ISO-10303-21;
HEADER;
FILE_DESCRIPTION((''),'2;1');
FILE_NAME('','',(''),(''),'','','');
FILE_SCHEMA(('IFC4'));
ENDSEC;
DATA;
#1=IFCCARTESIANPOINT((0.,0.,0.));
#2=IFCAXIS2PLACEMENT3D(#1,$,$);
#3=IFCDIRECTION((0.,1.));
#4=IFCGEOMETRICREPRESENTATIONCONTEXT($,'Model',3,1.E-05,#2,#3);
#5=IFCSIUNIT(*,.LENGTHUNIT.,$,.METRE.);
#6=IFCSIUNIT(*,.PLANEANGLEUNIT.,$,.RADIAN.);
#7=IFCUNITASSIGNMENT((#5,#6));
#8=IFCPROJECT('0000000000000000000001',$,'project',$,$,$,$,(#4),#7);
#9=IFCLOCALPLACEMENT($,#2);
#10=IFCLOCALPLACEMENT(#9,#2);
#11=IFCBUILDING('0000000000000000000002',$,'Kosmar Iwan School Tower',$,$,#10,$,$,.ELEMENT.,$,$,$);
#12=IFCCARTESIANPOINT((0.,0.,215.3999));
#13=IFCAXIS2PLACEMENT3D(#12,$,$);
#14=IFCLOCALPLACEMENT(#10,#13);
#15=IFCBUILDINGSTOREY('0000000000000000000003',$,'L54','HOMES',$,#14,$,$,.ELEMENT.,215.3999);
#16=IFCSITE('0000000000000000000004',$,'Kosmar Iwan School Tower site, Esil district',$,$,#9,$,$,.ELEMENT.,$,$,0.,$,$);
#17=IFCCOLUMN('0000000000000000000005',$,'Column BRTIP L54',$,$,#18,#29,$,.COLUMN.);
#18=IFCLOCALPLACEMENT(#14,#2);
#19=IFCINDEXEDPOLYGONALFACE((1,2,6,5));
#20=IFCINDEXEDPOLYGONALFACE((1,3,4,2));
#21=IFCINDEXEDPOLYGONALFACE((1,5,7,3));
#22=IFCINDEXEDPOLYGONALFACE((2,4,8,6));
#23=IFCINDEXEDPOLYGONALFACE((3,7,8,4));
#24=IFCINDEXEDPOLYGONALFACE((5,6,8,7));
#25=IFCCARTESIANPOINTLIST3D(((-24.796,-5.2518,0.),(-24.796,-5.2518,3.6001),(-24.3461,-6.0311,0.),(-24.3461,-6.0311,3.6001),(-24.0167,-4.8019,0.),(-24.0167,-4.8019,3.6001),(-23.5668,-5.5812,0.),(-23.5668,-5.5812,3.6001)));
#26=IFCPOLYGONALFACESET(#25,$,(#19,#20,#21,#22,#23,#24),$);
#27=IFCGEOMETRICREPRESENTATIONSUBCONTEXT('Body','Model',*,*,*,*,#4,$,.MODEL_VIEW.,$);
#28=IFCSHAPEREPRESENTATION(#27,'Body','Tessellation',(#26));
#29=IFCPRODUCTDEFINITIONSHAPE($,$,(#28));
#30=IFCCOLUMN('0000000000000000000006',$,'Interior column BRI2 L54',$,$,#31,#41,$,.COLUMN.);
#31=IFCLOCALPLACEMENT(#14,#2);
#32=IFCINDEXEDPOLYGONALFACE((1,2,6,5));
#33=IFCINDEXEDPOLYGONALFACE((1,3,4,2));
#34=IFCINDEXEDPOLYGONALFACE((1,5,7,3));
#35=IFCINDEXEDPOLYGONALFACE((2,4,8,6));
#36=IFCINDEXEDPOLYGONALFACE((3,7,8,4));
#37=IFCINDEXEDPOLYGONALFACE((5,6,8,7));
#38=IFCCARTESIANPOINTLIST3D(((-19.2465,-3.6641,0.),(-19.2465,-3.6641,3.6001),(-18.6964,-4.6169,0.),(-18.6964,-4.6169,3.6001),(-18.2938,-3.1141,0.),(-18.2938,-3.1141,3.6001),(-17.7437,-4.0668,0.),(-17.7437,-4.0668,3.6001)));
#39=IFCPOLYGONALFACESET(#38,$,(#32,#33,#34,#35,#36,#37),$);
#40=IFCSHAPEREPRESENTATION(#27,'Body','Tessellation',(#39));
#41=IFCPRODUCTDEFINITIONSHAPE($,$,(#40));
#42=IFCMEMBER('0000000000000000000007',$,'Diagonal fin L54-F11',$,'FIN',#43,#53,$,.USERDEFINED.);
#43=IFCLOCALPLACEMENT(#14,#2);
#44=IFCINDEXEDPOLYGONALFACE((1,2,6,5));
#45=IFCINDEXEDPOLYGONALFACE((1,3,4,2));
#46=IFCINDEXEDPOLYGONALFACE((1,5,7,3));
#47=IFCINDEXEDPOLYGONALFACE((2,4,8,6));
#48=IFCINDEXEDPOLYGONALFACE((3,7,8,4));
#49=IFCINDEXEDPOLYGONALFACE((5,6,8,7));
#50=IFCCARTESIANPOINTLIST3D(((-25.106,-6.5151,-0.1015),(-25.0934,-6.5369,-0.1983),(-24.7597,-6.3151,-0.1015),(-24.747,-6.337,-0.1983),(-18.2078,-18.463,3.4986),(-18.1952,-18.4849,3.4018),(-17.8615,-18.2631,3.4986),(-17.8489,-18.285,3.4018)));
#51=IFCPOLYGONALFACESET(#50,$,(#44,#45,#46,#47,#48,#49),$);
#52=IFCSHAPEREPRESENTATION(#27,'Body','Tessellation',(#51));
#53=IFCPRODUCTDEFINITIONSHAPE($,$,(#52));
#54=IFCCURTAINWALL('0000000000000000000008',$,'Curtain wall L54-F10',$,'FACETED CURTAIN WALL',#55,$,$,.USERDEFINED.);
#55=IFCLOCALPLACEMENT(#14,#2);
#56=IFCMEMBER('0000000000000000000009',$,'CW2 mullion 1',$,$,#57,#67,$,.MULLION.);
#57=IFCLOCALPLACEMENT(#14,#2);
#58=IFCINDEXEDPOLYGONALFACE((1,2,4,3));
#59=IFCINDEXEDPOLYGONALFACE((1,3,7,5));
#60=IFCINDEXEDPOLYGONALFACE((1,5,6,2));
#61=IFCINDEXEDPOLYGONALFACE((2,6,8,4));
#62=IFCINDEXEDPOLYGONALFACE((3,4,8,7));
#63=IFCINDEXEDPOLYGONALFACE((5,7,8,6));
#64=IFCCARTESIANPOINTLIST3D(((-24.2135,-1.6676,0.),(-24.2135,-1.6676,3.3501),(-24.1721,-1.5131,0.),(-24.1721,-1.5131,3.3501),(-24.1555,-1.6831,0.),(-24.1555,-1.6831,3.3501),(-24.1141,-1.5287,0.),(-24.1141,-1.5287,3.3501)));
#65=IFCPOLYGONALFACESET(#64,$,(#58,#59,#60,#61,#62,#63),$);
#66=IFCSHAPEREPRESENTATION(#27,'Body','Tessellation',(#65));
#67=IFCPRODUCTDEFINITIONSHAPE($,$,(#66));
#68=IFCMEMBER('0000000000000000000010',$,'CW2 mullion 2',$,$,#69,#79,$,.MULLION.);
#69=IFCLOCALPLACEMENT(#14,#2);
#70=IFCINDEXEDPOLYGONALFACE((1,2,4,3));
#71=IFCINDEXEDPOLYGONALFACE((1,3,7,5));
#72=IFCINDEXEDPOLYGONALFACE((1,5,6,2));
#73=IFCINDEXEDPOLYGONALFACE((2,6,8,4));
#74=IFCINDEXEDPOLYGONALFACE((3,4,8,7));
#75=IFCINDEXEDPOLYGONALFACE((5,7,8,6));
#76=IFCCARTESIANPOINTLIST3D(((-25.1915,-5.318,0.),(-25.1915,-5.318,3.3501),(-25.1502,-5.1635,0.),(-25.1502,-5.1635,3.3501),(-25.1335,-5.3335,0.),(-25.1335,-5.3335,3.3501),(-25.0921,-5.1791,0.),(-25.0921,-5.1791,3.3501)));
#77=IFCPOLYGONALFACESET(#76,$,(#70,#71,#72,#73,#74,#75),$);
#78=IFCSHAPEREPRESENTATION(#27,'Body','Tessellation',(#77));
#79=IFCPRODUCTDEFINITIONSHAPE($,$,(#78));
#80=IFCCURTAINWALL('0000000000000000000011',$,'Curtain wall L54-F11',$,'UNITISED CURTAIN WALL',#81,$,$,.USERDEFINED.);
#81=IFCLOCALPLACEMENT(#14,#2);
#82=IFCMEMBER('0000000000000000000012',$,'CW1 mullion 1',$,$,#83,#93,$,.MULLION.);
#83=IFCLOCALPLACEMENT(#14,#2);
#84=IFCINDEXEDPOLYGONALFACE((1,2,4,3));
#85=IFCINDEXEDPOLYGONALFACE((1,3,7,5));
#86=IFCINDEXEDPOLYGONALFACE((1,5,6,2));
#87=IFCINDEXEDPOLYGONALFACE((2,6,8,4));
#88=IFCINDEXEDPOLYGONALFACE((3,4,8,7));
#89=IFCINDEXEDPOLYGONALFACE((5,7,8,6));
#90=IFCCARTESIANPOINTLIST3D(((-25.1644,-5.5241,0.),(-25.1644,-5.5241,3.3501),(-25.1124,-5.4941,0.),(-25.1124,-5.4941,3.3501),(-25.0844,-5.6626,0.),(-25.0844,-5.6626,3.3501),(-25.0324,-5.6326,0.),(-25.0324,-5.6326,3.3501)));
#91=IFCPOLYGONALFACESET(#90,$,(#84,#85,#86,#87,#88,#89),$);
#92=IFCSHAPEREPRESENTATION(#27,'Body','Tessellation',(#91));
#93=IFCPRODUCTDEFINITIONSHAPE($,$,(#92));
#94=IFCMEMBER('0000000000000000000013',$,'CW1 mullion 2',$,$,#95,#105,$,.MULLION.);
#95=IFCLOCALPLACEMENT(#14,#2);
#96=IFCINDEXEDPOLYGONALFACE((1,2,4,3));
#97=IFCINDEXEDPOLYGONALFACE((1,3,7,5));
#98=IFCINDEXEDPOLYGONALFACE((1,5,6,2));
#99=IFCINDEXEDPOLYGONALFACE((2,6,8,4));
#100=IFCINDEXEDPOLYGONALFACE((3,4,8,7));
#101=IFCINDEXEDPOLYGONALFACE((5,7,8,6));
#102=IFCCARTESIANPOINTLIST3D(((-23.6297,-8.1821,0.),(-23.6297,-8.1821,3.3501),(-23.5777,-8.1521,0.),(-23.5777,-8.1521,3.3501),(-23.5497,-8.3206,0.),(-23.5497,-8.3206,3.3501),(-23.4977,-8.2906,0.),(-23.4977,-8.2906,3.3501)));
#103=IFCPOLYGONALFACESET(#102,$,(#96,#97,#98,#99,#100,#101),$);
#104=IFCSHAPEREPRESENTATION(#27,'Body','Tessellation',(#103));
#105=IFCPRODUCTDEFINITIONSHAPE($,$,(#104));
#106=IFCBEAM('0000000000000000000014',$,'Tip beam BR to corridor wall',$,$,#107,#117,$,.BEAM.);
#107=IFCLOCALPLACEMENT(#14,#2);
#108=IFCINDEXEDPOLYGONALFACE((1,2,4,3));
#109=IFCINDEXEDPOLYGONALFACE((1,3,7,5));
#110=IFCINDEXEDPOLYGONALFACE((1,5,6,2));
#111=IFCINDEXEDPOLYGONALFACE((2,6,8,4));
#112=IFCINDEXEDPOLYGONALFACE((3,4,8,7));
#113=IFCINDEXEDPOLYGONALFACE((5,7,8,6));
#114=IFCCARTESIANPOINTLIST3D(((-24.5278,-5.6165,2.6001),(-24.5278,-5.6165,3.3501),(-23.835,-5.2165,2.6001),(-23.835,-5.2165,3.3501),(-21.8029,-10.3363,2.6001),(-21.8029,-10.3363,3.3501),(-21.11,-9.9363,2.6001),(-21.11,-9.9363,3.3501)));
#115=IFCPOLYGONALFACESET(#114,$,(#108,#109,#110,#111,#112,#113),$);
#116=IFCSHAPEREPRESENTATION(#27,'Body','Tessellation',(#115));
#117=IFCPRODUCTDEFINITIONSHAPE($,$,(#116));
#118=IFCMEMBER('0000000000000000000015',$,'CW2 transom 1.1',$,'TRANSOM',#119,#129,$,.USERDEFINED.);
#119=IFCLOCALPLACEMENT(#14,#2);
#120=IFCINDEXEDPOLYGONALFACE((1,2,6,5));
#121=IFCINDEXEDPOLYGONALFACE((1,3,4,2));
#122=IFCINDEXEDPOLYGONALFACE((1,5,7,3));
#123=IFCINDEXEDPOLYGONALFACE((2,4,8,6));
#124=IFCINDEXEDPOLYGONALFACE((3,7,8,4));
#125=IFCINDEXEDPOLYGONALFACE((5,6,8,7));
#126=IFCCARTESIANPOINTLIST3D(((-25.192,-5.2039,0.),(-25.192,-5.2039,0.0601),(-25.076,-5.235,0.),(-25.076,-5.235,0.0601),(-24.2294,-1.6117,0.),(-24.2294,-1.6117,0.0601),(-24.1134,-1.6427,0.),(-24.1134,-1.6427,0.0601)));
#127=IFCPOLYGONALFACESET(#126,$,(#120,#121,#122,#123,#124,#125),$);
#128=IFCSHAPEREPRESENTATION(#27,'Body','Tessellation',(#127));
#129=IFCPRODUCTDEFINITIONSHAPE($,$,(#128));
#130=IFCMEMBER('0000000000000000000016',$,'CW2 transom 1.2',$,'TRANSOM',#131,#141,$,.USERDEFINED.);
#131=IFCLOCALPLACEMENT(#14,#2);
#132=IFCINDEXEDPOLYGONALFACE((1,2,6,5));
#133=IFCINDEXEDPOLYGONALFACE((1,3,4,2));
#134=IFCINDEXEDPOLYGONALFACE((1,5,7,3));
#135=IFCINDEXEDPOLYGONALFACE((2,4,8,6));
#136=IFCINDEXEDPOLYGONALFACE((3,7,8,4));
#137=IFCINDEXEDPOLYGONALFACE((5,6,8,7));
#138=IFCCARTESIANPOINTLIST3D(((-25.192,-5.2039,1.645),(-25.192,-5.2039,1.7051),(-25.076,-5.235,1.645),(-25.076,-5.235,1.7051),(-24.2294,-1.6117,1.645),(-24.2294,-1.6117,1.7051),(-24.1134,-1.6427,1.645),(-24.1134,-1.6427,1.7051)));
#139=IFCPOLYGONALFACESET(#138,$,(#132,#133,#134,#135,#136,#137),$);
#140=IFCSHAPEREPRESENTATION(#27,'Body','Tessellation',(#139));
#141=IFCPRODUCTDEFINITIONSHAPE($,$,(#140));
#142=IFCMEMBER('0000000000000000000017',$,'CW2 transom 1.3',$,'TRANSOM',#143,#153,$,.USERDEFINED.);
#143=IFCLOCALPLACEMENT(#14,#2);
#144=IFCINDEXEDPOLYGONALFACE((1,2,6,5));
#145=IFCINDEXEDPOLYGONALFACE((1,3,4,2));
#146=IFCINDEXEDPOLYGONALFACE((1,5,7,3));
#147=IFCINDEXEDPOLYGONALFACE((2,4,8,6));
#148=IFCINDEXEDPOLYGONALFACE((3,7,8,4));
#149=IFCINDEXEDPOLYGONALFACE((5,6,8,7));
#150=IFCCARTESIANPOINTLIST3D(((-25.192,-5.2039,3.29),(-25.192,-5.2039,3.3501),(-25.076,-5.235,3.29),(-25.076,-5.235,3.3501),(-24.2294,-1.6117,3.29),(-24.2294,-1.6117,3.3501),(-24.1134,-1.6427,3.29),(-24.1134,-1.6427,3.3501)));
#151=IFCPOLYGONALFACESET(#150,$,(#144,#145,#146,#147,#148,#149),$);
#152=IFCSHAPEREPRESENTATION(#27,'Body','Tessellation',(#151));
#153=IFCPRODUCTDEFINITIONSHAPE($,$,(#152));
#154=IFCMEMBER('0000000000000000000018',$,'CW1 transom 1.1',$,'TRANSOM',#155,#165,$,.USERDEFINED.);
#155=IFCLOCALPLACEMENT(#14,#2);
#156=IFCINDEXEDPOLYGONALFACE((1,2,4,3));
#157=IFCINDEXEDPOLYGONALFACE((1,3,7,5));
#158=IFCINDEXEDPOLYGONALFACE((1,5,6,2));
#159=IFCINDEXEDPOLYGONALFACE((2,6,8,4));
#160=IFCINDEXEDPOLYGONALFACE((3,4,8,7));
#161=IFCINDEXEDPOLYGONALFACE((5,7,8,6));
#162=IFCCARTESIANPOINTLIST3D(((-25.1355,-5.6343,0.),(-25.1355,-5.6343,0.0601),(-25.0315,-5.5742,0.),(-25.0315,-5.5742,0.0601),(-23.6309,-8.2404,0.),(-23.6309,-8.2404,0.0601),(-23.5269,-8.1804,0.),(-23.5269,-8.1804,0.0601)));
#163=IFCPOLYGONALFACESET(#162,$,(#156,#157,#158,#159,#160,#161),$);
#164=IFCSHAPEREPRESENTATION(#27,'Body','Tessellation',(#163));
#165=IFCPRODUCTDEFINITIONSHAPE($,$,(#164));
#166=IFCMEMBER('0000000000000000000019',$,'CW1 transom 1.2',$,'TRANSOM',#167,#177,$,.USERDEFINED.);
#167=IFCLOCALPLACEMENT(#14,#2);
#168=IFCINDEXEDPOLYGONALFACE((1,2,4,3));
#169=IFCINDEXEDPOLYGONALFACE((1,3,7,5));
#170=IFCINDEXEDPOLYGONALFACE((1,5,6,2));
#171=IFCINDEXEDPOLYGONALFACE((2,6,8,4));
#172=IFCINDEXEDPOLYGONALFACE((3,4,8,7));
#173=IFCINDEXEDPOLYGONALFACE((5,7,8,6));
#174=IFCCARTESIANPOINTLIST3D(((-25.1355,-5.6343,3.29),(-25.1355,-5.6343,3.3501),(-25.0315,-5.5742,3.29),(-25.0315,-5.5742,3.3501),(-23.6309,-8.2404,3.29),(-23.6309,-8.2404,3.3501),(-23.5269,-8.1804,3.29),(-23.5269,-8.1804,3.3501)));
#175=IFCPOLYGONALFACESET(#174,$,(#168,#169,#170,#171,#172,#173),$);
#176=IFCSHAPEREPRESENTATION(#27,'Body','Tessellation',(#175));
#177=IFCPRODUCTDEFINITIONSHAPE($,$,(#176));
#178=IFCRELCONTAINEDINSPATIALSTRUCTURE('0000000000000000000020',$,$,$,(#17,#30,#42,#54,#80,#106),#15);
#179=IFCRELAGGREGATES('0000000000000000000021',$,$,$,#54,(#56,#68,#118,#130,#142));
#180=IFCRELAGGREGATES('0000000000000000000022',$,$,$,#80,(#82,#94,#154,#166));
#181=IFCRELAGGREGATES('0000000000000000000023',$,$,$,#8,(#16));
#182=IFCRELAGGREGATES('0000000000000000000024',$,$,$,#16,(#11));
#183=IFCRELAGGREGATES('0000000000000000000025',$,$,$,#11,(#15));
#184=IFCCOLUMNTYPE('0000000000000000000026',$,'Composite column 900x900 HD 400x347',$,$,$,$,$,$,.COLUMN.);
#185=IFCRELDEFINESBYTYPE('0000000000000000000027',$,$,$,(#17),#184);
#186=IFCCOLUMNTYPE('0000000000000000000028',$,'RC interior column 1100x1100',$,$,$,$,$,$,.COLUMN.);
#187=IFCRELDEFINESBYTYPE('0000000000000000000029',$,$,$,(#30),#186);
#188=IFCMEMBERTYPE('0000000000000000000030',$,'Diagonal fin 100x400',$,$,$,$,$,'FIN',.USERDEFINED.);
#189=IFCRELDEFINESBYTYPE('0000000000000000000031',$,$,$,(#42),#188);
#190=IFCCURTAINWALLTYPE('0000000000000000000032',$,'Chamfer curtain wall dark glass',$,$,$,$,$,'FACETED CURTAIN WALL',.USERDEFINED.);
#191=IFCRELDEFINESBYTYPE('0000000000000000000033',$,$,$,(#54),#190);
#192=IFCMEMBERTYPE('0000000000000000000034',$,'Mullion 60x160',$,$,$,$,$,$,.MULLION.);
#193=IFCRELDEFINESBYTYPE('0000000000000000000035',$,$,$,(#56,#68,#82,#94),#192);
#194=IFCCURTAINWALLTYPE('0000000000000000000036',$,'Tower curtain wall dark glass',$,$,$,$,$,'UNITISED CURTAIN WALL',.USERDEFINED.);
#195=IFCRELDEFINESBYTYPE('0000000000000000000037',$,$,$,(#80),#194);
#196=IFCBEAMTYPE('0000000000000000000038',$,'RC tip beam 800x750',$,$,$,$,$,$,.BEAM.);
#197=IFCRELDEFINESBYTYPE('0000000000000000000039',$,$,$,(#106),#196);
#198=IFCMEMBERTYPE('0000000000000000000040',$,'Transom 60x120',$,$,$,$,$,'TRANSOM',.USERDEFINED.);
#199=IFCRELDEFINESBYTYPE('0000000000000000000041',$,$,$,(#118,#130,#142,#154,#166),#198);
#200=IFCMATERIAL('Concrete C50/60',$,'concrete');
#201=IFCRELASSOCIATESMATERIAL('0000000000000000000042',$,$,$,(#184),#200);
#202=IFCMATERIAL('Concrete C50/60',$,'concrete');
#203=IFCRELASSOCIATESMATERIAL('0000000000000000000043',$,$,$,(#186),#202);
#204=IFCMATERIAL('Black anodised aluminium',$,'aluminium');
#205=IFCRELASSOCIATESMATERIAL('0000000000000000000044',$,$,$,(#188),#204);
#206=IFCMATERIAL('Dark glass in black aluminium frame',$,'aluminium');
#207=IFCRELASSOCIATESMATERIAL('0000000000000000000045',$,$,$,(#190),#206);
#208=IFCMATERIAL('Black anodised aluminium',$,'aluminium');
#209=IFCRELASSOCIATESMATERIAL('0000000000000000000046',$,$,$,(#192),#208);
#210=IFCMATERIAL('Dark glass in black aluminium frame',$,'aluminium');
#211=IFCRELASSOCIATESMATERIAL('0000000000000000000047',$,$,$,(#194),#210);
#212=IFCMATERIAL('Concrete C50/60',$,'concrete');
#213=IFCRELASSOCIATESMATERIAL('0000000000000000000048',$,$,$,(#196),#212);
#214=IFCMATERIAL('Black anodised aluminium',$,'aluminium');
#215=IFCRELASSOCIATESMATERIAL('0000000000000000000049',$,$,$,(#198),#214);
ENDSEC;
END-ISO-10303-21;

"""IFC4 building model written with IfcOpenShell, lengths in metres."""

from ifc_helpers import new_model, si_unit, direction, frame, origin, origin_2d, place, context, subcontext, project, spatial, rectangle, extrude, material, material_profile, profile_set, type_object, element, aggregate, save


model = new_model("IFC4")

# Units and contexts
model_context = context("Model", 3, precision=1e-05, world=origin(), true_north=direction((0.0, 1.0)))
body_context = subcontext(model_context, "Body", "Model", "MODEL_VIEW")
ifc_project = project(units=[si_unit("LENGTHUNIT", "METRE"), si_unit("PLANEANGLEUNIT", "RADIAN")], contexts=[model_context])

# Site, building, storey
site_placement = place(None, origin())
site = spatial("IfcSite", under=ifc_project, at=site_placement, Name="Kosmar Iwan School Tower site, Esil district", CompositionType="ELEMENT", RefElevation=0.0)
building_placement = place(site_placement, origin())
building = spatial("IfcBuilding", under=site, at=building_placement, Name="Kosmar Iwan School Tower", CompositionType="ELEMENT")
storey_placement = place(building_placement, frame((0.0, 0.0, 215.3999)))
storey = spatial("IfcBuildingStorey", under=building, at=storey_placement, Name="L54", Description="HOMES", CompositionType="ELEMENT", Elevation=215.3999)

# Columns
ifc_material_1 = material(Name="Concrete C50/60", Category="concrete")
ifc_material_profile_1 = material_profile(ifc_material_1, rectangle(XDim=0.8999, YDim=0.8999, at=origin_2d()), Name="RC 900x900 + HD 400x347")
ifc_profile_set_1 = profile_set([ifc_material_profile_1], Name="Concrete C50/60")
column_type_1 = type_object("IfcColumnType", Name="Composite column 900x900 HD 400x347", PredefinedType="COLUMN", material=ifc_profile_set_1)
column_1_placement = place(storey_placement, frame((-24.1814, -5.4165, 0.0), z_axis=(0.0, 0.0, 1.0), x_axis=(-0.866025, -0.5, 0.0)))
element("IfcColumn", 1, at=column_1_placement, inside=storey, type_object=column_type_1, Name="Column BRTIP L54", PredefinedType="COLUMN", context=body_context, shape_type="SweptSolid", body=[
    extrude(rectangle(XDim=0.8999, YDim=0.8999, at=origin_2d()), origin(), (0.0, 0.0, 1.0), 3.6001),
])
ifc_material_2 = material(Name="Concrete C50/60", Category="concrete")
ifc_material_profile_2 = material_profile(ifc_material_2, rectangle(XDim=1.1001, YDim=1.1001, at=origin_2d()), Name="RC 1100x1100")
ifc_profile_set_2 = profile_set([ifc_material_profile_2], Name="Concrete C50/60")
column_type_2 = type_object("IfcColumnType", Name="RC interior column 1100x1100", PredefinedType="COLUMN", material=ifc_profile_set_2)
column_2_placement = place(storey_placement, frame((-18.4951, -3.8655, 0.0), z_axis=(0.0, 0.0, 1.0), x_axis=(-0.866025, -0.5, 0.0)))
element("IfcColumn", 2, at=column_2_placement, inside=storey, type_object=column_type_2, Name="Interior column BRI2 L54", PredefinedType="COLUMN", context=body_context, shape_type="SweptSolid", body=[
    extrude(rectangle(XDim=1.1001, YDim=1.1001, at=origin_2d()), origin(), (0.0, 0.0, 1.0), 3.6001),
])

# Member
ifc_material_3 = material(Name="Black anodised aluminium", Category="aluminium")
ifc_material_profile_3 = material_profile(ifc_material_3, rectangle(XDim=0.1001, YDim=0.3999, at=origin_2d()), Name="FIN 100x400")
ifc_profile_set_3 = profile_set([ifc_material_profile_3], Name="Black anodised aluminium")
member_type_1 = type_object("IfcMemberType", Name="Diagonal fin 100x400", ElementType="FIN", PredefinedType="USERDEFINED", material=ifc_profile_set_3)
member_1_placement = place(storey_placement, frame((-24.9265, -6.426, -0.1499), z_axis=(0.4838, -0.837965, 0.252491), x_axis=(-0.126245, 0.218663, 0.967599)))
element("IfcMember", 3, at=member_1_placement, inside=storey, type_object=member_type_1, Name="Diagonal fin L54-F11", ObjectType="FIN", PredefinedType="USERDEFINED", context=body_context, shape_type="SweptSolid", body=[
    extrude(rectangle(XDim=0.1001, YDim=0.3999, at=origin_2d()), origin(), (0.0, 0.0, 1.0), 14.2583),
])

# Curtain walls, members
ifc_material_4 = material(Name="Dark glass in black aluminium frame", Category="aluminium")
curtain_wall_type_1 = type_object("IfcCurtainWallType", Name="Chamfer curtain wall dark glass", ElementType="FACETED CURTAIN WALL", PredefinedType="USERDEFINED", material=ifc_material_4)
curtain_wall_1_placement = place(storey_placement, origin())
curtain_wall_1 = element("IfcCurtainWall", 4, at=curtain_wall_1_placement, inside=storey, type_object=curtain_wall_type_1, Name="Curtain wall L54-F10", ObjectType="FACETED CURTAIN WALL", PredefinedType="USERDEFINED")
ifc_material_5 = material(Name="Black anodised aluminium", Category="aluminium")
ifc_material_profile_4 = material_profile(ifc_material_5, rectangle(XDim=0.0601, YDim=0.1599, at=origin_2d()), Name="MULLION 60x160")
ifc_profile_set_4 = profile_set([ifc_material_profile_4], Name="Black anodised aluminium")
member_type_2 = type_object("IfcMemberType", Name="Mullion 60x160", PredefinedType="MULLION", material=ifc_profile_set_4)
member_2_placement = place(storey_placement, frame((-24.1638, -1.5981, 0.0), z_axis=(0.0, 0.0, 1.0), x_axis=(0.965926, -0.258819, 0.0)))
member_2 = element("IfcMember", 5, at=member_2_placement, type_object=member_type_2, Name="CW2 mullion 1", PredefinedType="MULLION", context=body_context, shape_type="SweptSolid", body=[
    extrude(rectangle(XDim=0.0601, YDim=0.1599, at=origin_2d()), origin(), (0.0, 0.0, 1.0), 3.3501),
])
member_3_placement = place(storey_placement, frame((-25.1418, -5.2485, 0.0), z_axis=(0.0, 0.0, 1.0), x_axis=(0.965926, -0.258819, 0.0)))
member_3 = element("IfcMember", 6, at=member_3_placement, type_object=member_type_2, Name="CW2 mullion 2", PredefinedType="MULLION", context=body_context, shape_type="SweptSolid", body=[
    extrude(rectangle(XDim=0.0601, YDim=0.1599, at=origin_2d()), origin(), (0.0, 0.0, 1.0), 3.3501),
])
ifc_material_6 = material(Name="Dark glass in black aluminium frame", Category="aluminium")
curtain_wall_type_2 = type_object("IfcCurtainWallType", Name="Tower curtain wall dark glass", ElementType="UNITISED CURTAIN WALL", PredefinedType="USERDEFINED", material=ifc_material_6)
curtain_wall_2_placement = place(storey_placement, origin())
curtain_wall_2 = element("IfcCurtainWall", 7, at=curtain_wall_2_placement, inside=storey, type_object=curtain_wall_type_2, Name="Curtain wall L54-F11", ObjectType="UNITISED CURTAIN WALL", PredefinedType="USERDEFINED")
member_4_placement = place(storey_placement, frame((-25.0984, -5.5784, 0.0), z_axis=(0.0, 0.0, 1.0), x_axis=(0.866025, 0.5, 0.0)))
member_4 = element("IfcMember", 8, at=member_4_placement, type_object=member_type_2, Name="CW1 mullion 1", PredefinedType="MULLION", context=body_context, shape_type="SweptSolid", body=[
    extrude(rectangle(XDim=0.0601, YDim=0.1599, at=origin_2d()), origin(), (0.0, 0.0, 1.0), 3.3501),
])
member_5_placement = place(storey_placement, frame((-23.5637, -8.2363, 0.0), z_axis=(0.0, 0.0, 1.0), x_axis=(0.866025, 0.5, 0.0)))
member_5 = element("IfcMember", 9, at=member_5_placement, type_object=member_type_2, Name="CW1 mullion 2", PredefinedType="MULLION", context=body_context, shape_type="SweptSolid", body=[
    extrude(rectangle(XDim=0.0601, YDim=0.1599, at=origin_2d()), origin(), (0.0, 0.0, 1.0), 3.3501),
])

# Beam
ifc_material_7 = material(Name="Concrete C50/60", Category="concrete")
ifc_material_profile_5 = material_profile(ifc_material_7, rectangle(XDim=0.8, YDim=0.75, at=origin_2d()), Name="RC 800x750")
ifc_profile_set_5 = profile_set([ifc_material_profile_5], Name="Concrete C50/60")
beam_type = type_object("IfcBeamType", Name="RC tip beam 800x750", PredefinedType="BEAM", material=ifc_profile_set_5)
beam_placement = place(storey_placement, frame((-24.1814, -5.4165, 2.9751), z_axis=(0.499989, -0.866032, 0.0), x_axis=(0.866032, 0.499989, 0.0)))
element("IfcBeam", 10, at=beam_placement, inside=storey, type_object=beam_type, Name="Tip beam BR to corridor wall", PredefinedType="BEAM", context=body_context, shape_type="SweptSolid", body=[
    extrude(rectangle(XDim=0.8, YDim=0.75, at=origin_2d()), origin(), (0.0, 0.0, 1.0), 5.45),
])

# Members
ifc_material_8 = material(Name="Black anodised aluminium", Category="aluminium")
ifc_material_profile_6 = material_profile(ifc_material_8, rectangle(XDim=0.1201, YDim=0.0601, at=origin_2d()), Name="TRANSOM 60x120")
ifc_profile_set_6 = profile_set([ifc_material_profile_6], Name="Black anodised aluminium")
member_type_3 = type_object("IfcMemberType", Name="Transom 60x120", ElementType="TRANSOM", PredefinedType="USERDEFINED", material=ifc_profile_set_6)
member_6_placement = place(storey_placement, frame((-24.1714, -1.6272, 0.03), z_axis=(-0.258843, -0.965919, 0.0), x_axis=(0.965919, -0.258843, 0.0)))
member_6 = element("IfcMember", 11, at=member_6_placement, type_object=member_type_3, Name="CW2 transom 1.1", ObjectType="TRANSOM", PredefinedType="USERDEFINED", context=body_context, shape_type="SweptSolid", body=[
    extrude(rectangle(XDim=0.1201, YDim=0.0601, at=origin_2d()), origin(), (0.0, 0.0, 1.0), 3.719),
])
member_7_placement = place(storey_placement, frame((-24.1714, -1.6272, 1.675), z_axis=(-0.258843, -0.965919, 0.0), x_axis=(0.965919, -0.258843, 0.0)))
member_7 = element("IfcMember", 12, at=member_7_placement, type_object=member_type_3, Name="CW2 transom 1.2", ObjectType="TRANSOM", PredefinedType="USERDEFINED", context=body_context, shape_type="SweptSolid", body=[
    extrude(rectangle(XDim=0.1201, YDim=0.0601, at=origin_2d()), origin(), (0.0, 0.0, 1.0), 3.719),
])
member_8_placement = place(storey_placement, frame((-24.1714, -1.6272, 3.3201), z_axis=(-0.258843, -0.965919, 0.0), x_axis=(0.965919, -0.258843, 0.0)))
member_8 = element("IfcMember", 13, at=member_8_placement, type_object=member_type_3, Name="CW2 transom 1.3", ObjectType="TRANSOM", PredefinedType="USERDEFINED", context=body_context, shape_type="SweptSolid", body=[
    extrude(rectangle(XDim=0.1201, YDim=0.0601, at=origin_2d()), origin(), (0.0, 0.0, 1.0), 3.719),
])
member_9_placement = place(storey_placement, frame((-25.0835, -5.6042, 0.03), z_axis=(0.499987, -0.866033, 0.0), x_axis=(0.866033, 0.499987, 0.0)))
member_9 = element("IfcMember", 14, at=member_9_placement, type_object=member_type_3, Name="CW1 transom 1.1", ObjectType="TRANSOM", PredefinedType="USERDEFINED", context=body_context, shape_type="SweptSolid", body=[
    extrude(rectangle(XDim=0.1201, YDim=0.0601, at=origin_2d()), origin(), (0.0, 0.0, 1.0), 3.0093),
])
member_10_placement = place(storey_placement, frame((-25.0835, -5.6042, 3.3201), z_axis=(0.499987, -0.866033, 0.0), x_axis=(0.866033, 0.499987, 0.0)))
member_10 = element("IfcMember", 15, at=member_10_placement, type_object=member_type_3, Name="CW1 transom 1.2", ObjectType="TRANSOM", PredefinedType="USERDEFINED", context=body_context, shape_type="SweptSolid", body=[
    extrude(rectangle(XDim=0.1201, YDim=0.0601, at=origin_2d()), origin(), (0.0, 0.0, 1.0), 3.0093),
])

aggregate(curtain_wall_1, [member_2, member_3, member_6, member_7, member_8])
aggregate(curtain_wall_2, [member_4, member_5, member_9, member_10])

save(model, "model.ifc")
